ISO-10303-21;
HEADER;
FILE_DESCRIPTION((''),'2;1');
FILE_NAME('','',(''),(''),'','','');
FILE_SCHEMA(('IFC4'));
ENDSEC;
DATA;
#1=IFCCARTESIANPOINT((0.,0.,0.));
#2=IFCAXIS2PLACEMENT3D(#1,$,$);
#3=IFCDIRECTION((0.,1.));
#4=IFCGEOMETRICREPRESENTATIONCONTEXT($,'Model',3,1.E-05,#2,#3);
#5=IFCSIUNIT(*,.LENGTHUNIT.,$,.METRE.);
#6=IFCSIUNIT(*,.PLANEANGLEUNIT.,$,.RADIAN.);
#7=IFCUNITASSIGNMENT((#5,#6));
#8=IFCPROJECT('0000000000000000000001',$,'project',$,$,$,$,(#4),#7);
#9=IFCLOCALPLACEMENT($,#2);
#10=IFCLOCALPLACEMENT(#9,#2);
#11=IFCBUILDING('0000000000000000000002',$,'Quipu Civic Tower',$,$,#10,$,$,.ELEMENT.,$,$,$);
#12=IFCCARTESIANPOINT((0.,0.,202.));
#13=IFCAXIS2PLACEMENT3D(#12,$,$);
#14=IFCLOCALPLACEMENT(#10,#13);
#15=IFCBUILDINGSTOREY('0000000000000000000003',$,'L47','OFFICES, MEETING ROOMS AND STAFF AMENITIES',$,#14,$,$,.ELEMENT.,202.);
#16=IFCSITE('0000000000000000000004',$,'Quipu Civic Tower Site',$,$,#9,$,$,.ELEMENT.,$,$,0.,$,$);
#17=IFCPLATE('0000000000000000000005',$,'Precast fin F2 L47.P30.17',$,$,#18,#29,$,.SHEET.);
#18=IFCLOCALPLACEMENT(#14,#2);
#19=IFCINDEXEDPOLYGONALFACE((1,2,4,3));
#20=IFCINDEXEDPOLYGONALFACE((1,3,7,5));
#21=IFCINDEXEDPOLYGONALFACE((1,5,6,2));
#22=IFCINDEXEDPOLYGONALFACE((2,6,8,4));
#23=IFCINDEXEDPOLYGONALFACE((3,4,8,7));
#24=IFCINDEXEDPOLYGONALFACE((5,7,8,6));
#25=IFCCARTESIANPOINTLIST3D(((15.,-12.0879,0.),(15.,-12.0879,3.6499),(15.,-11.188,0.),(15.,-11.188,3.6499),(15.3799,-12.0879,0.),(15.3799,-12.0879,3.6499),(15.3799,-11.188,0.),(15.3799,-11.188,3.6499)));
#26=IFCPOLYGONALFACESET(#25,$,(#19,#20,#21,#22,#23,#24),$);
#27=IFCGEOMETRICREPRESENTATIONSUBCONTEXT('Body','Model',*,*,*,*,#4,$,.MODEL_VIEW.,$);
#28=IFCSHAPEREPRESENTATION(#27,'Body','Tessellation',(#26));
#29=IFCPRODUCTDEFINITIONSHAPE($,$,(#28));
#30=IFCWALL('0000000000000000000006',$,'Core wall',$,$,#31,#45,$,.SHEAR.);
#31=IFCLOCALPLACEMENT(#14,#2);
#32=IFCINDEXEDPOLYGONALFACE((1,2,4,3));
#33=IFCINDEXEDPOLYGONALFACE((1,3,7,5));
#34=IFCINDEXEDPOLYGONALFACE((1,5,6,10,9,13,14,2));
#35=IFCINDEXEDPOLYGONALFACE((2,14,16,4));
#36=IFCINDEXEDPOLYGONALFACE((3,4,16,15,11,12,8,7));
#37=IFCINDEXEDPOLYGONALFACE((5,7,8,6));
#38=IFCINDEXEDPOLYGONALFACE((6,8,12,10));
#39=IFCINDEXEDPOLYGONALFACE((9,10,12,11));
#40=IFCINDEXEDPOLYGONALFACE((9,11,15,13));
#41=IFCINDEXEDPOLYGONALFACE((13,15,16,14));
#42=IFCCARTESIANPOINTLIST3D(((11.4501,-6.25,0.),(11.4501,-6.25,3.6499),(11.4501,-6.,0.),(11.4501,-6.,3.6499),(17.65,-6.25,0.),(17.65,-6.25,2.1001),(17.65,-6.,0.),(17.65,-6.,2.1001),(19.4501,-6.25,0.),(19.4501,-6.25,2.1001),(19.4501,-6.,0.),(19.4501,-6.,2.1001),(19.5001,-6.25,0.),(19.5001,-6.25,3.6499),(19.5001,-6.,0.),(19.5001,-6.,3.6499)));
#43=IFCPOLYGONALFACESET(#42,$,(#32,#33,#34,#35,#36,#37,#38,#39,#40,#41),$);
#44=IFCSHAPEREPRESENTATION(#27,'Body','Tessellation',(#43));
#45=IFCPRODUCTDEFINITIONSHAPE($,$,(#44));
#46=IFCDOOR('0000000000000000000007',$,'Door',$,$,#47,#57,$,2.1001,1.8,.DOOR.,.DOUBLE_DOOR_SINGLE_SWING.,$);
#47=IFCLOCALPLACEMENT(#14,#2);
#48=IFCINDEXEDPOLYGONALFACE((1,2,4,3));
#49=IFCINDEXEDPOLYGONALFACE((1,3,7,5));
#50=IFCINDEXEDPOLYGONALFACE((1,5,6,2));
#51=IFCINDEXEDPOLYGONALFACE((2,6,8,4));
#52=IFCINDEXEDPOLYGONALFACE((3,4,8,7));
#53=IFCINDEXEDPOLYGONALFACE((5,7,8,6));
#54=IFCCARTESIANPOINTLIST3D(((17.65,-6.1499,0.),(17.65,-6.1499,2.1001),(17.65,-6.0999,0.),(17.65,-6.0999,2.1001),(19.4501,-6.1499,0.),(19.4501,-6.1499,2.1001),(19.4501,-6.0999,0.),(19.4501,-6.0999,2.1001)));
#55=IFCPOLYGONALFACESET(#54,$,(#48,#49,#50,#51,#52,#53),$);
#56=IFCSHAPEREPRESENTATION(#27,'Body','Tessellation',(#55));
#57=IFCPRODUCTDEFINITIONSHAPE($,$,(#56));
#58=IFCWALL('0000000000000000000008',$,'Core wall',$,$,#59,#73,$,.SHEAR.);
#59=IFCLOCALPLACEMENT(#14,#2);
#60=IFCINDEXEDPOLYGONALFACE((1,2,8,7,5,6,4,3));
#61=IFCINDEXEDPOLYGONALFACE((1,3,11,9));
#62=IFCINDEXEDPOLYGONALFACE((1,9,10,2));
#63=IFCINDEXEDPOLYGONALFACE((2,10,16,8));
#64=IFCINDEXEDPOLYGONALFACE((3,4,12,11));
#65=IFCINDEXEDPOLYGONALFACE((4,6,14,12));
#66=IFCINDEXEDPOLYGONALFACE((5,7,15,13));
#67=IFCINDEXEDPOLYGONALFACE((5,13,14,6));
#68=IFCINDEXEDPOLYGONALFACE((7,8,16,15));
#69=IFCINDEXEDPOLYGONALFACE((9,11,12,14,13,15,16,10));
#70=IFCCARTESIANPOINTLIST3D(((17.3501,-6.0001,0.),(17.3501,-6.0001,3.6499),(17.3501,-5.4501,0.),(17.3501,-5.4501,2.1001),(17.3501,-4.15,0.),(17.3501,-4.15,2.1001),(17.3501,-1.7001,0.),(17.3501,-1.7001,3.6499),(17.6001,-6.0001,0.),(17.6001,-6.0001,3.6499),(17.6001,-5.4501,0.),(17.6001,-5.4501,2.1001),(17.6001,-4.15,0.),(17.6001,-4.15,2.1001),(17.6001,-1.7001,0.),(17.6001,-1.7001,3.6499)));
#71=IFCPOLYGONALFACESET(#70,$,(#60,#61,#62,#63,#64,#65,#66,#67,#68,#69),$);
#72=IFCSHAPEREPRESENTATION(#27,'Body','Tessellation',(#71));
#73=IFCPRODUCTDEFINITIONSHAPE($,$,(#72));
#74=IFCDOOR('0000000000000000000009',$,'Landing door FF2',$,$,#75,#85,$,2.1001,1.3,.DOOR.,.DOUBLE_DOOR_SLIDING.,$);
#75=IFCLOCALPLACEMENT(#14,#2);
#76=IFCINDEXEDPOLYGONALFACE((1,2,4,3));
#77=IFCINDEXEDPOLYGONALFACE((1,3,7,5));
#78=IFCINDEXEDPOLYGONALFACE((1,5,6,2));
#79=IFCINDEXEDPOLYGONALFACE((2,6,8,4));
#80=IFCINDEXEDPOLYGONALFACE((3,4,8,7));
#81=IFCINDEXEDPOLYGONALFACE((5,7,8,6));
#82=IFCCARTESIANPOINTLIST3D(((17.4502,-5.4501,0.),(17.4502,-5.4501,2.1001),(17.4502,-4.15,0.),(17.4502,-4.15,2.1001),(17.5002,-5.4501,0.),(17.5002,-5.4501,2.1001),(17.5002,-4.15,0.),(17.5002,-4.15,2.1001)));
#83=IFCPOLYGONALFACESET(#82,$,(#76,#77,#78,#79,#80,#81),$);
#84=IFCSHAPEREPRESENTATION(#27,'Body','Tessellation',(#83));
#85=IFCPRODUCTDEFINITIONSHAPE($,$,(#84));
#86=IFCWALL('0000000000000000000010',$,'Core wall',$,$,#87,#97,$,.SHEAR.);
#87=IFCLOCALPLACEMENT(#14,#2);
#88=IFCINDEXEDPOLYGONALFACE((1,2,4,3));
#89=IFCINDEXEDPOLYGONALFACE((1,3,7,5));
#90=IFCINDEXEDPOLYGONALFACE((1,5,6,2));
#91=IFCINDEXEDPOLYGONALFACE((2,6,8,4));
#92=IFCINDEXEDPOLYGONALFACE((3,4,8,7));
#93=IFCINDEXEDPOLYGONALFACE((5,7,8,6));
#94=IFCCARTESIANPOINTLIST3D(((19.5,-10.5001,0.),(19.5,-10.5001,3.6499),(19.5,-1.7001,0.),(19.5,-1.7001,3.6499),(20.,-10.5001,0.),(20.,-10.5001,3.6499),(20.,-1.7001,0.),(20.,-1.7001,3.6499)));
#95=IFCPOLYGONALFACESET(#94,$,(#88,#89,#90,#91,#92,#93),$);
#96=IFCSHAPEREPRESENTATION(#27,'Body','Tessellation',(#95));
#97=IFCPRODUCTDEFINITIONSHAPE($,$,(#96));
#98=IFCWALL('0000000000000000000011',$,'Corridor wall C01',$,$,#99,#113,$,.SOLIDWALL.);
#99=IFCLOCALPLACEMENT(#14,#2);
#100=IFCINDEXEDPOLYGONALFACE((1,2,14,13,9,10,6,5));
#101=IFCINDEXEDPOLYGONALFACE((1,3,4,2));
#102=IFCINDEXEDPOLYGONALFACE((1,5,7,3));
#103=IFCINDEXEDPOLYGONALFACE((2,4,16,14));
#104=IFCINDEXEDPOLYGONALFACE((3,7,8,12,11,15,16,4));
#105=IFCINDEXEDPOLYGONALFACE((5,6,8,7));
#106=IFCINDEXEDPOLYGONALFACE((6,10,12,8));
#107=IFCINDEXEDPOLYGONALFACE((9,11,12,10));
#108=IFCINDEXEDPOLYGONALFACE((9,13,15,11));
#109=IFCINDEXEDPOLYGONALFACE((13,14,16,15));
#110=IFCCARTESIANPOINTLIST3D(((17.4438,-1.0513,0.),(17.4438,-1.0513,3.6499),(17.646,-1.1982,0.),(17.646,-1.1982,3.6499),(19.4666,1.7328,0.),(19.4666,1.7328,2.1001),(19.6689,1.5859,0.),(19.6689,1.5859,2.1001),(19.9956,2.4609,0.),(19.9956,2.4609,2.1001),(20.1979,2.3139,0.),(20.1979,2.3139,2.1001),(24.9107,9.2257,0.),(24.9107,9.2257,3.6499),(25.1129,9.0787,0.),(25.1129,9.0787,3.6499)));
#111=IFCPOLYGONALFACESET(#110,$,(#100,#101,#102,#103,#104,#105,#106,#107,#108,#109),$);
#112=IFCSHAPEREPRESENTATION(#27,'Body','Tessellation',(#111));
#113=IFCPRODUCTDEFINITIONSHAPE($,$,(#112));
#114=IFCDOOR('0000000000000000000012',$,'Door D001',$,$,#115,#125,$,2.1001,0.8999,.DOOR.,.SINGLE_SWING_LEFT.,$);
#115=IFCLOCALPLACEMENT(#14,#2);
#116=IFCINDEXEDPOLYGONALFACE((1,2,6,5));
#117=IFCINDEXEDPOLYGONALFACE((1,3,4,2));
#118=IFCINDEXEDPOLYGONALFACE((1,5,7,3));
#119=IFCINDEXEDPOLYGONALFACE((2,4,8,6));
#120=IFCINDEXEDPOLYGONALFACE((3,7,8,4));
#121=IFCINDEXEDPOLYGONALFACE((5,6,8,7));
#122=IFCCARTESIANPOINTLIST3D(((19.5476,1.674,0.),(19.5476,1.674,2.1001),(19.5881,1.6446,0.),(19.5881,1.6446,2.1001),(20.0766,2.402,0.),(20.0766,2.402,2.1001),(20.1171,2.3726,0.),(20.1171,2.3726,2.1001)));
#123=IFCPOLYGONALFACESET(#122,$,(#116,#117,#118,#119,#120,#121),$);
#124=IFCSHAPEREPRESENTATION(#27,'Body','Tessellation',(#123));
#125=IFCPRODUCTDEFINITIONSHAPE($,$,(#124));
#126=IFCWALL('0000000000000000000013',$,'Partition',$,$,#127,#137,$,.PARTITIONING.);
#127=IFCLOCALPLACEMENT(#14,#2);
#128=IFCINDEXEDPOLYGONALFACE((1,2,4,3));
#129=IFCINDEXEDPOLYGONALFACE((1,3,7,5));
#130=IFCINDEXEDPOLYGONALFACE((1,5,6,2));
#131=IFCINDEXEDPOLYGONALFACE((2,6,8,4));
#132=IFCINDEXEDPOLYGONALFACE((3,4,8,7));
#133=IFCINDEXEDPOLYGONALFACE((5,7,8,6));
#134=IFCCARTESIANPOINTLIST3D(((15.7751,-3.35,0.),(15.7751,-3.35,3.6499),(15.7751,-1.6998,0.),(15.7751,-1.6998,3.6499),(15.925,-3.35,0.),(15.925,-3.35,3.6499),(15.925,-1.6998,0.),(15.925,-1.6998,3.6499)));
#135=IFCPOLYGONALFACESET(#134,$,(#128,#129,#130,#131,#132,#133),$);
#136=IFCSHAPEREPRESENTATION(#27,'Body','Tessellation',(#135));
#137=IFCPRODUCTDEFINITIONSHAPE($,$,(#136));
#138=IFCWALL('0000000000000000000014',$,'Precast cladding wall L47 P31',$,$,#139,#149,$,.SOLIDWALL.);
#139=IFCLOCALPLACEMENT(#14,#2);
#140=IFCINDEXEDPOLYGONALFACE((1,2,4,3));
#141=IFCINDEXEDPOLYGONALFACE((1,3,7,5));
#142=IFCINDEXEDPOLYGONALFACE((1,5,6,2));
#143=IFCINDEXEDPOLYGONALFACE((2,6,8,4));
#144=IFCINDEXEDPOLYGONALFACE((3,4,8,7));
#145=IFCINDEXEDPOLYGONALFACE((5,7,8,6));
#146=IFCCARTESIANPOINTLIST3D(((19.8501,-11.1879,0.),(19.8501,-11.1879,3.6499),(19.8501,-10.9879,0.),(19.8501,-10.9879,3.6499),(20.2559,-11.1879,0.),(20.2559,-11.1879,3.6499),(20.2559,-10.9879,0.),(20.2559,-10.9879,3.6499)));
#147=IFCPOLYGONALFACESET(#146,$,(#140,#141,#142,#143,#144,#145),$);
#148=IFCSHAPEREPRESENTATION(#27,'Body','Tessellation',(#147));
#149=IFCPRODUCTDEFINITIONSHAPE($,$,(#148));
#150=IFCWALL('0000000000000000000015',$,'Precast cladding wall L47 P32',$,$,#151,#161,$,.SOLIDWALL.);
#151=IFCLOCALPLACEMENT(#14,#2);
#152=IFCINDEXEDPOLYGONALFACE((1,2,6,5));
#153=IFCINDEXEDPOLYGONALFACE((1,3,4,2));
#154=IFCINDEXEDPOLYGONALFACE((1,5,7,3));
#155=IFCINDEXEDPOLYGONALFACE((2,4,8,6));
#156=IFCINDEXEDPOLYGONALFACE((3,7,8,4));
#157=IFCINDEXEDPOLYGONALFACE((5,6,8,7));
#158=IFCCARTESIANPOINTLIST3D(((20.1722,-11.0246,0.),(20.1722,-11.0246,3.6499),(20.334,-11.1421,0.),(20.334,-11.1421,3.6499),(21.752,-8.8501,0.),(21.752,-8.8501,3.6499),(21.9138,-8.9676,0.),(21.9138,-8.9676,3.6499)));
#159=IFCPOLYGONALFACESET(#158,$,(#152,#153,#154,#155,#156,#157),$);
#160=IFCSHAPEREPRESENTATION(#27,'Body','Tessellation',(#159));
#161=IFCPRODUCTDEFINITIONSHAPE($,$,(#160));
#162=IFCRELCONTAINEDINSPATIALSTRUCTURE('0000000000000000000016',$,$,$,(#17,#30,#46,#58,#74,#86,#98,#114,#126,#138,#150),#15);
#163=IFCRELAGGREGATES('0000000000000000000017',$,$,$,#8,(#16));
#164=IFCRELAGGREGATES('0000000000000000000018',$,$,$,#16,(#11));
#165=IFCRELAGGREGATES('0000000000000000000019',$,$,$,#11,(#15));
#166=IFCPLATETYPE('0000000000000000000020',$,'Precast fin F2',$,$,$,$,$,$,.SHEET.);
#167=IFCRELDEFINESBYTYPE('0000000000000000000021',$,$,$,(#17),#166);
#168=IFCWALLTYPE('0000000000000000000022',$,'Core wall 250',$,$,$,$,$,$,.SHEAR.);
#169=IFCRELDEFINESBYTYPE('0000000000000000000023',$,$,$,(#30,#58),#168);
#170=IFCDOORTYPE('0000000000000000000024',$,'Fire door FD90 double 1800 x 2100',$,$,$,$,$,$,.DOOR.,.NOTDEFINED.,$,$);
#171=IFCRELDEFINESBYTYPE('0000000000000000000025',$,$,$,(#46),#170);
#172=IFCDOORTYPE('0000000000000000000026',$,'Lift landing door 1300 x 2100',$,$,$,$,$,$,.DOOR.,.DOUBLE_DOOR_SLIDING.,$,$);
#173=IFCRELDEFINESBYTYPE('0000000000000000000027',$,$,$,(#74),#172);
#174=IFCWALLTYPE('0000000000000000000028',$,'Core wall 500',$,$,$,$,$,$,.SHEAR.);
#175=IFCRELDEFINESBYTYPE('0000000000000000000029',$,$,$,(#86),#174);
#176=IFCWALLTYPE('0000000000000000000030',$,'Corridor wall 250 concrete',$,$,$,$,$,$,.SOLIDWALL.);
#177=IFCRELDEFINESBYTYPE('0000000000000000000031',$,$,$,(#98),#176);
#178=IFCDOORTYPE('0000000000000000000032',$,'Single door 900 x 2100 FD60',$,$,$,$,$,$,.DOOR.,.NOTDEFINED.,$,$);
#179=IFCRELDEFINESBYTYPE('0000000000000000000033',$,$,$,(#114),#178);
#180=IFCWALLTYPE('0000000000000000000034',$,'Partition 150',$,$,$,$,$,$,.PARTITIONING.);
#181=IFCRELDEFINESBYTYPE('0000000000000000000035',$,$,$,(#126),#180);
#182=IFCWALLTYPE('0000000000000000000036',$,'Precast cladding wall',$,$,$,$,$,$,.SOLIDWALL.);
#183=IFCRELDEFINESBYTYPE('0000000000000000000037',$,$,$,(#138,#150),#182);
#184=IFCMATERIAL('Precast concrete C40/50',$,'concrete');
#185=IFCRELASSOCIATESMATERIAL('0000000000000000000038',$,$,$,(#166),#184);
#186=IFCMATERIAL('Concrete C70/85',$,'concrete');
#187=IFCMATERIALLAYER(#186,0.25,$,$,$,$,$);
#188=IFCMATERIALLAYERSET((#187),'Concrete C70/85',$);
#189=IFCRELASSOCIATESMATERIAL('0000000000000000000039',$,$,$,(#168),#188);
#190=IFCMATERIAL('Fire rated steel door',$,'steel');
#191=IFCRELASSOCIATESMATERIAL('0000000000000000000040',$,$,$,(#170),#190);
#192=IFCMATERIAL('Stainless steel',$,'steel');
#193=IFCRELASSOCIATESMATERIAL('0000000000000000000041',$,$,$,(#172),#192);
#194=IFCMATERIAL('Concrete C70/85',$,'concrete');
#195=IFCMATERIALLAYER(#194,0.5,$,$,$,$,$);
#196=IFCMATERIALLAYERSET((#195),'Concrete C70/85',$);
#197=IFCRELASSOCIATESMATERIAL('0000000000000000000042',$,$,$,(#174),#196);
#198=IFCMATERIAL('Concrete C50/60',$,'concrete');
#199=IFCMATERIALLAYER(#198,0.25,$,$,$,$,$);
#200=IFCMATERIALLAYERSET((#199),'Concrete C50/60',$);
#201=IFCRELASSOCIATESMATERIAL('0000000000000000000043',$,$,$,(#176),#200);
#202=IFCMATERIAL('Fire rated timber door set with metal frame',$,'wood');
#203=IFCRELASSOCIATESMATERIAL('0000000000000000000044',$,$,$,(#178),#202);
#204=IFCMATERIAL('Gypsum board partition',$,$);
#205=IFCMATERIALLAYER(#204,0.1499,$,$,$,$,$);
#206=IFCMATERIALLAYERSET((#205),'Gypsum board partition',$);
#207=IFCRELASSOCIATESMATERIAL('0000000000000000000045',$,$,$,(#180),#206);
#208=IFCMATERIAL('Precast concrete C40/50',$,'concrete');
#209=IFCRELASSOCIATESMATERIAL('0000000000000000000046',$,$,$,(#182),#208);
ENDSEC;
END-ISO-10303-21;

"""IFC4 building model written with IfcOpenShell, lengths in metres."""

from ifc_helpers import new_model, si_unit, direction, frame, frame_2d, origin, origin_2d, place, context, subcontext, project, spatial, rectangle, extrude, material, layer, layer_set, type_object, element, fill, save


model = new_model("IFC4")

# Units and contexts
model_context = context("Model", 3, precision=1e-05, world=origin(), true_north=direction((0.0, 1.0)))
body_context = subcontext(model_context, "Body", "Model", "MODEL_VIEW")
ifc_project = project(units=[si_unit("LENGTHUNIT", "METRE"), si_unit("PLANEANGLEUNIT", "RADIAN")], contexts=[model_context])

# Site, building, storey
site_placement = place(None, origin())
site = spatial("IfcSite", under=ifc_project, at=site_placement, Name="Quipu Civic Tower Site", CompositionType="ELEMENT", RefElevation=0.0)
building_placement = place(site_placement, origin())
building = spatial("IfcBuilding", under=site, at=building_placement, Name="Quipu Civic Tower", CompositionType="ELEMENT")
storey_placement = place(building_placement, frame((0.0, 0.0, 202.0)))
storey = spatial("IfcBuildingStorey", under=building, at=storey_placement, Name="L47", Description="OFFICES, MEETING ROOMS AND STAFF AMENITIES", CompositionType="ELEMENT", Elevation=202.0)

# Plate
ifc_material_1 = material(Name="Precast concrete C40/50", Category="concrete")
plate_type = type_object("IfcPlateType", Name="Precast fin F2", PredefinedType="SHEET", material=ifc_material_1)
plate_placement = place(storey_placement, frame((15.1899, -11.6379, 0.0), z_axis=(0.0, 0.0, 1.0), x_axis=(1.0, 0.0, 0.0)))
element("IfcPlate", 1, at=plate_placement, inside=storey, type_object=plate_type, Name="Precast fin F2 L47.P30.17", PredefinedType="SHEET", context=body_context, shape_type="SweptSolid", body=[
    extrude(rectangle(XDim=0.3799, YDim=0.8999, at=origin_2d()), origin(), (0.0, 0.0, 1.0), 3.6499),
])

# Walls, openings, doors
ifc_material_2 = material(Name="Concrete C70/85", Category="concrete")
ifc_layer_1 = layer(ifc_material_2, 0.25)
ifc_layer_set_1 = layer_set([ifc_layer_1], Name="Concrete C70/85")
wall_type_1 = type_object("IfcWallType", Name="Core wall 250", PredefinedType="SHEAR", material=ifc_layer_set_1)
wall_1_placement = place(storey_placement, frame((19.5, -6.125, 0.0), z_axis=(0.0, 0.0, 1.0), x_axis=(-1.0, 0.0, 0.0)))
wall_1 = element("IfcWall", 2, at=wall_1_placement, inside=storey, type_object=wall_type_1, Name="Core wall", PredefinedType="SHEAR", context=body_context, shape_type="SweptSolid", body=[
    extrude(rectangle(XDim=8.05, YDim=0.25, at=frame_2d((4.0249, 0.0))), origin(), (0.0, 0.0, 1.0), 3.6499),
])
opening_1_placement = place(wall_1_placement, frame((0.05, 0.0, 0.0)))
opening_1 = element("IfcOpeningElement", 3, at=opening_1_placement, cuts=wall_1, PredefinedType="OPENING", context=body_context, shape_type="SweptSolid", body=[
    extrude(rectangle(XDim=1.8, YDim=2.1001, at=frame_2d((0.8999, 1.05))), frame((0.0, 0.135, 0.0), z_axis=(0.0, -1.0, 0.0), x_axis=(1.0, 0.0, 0.0)), (0.0, 0.0, 1.0), 0.27),
])
ifc_material_3 = material(Name="Fire rated steel door", Category="steel")
door_type_1 = type_object("IfcDoorType", Name="Fire door FD90 double 1800 x 2100", OperationType="NOTDEFINED", PredefinedType="DOOR", material=ifc_material_3)
door_1_placement = place(opening_1_placement, origin())
door_1 = element("IfcDoor", 4, at=door_1_placement, inside=storey, type_object=door_type_1, Name="Door", OperationType="DOUBLE_DOOR_SINGLE_SWING", OverallHeight=2.1001, OverallWidth=1.8, PredefinedType="DOOR", context=body_context, shape_type="SweptSolid", body=[
    extrude(rectangle(XDim=1.8, YDim=2.1001, at=frame_2d((0.8999, 1.05))), frame((0.0, 0.0249, 0.0), z_axis=(0.0, -1.0, 0.0), x_axis=(1.0, 0.0, 0.0)), (0.0, 0.0, 1.0), 0.05),
])
fill(opening_1, door_1)
wall_2_placement = place(storey_placement, frame((17.4751, -6.0, 0.0), z_axis=(0.0, 0.0, 1.0), x_axis=(0.0, 1.0, 0.0)))
wall_2 = element("IfcWall", 5, at=wall_2_placement, inside=storey, type_object=wall_type_1, Name="Core wall", PredefinedType="SHEAR", context=body_context, shape_type="SweptSolid", body=[
    extrude(rectangle(XDim=4.3, YDim=0.25, at=frame_2d((2.1499, 0.0))), origin(), (0.0, 0.0, 1.0), 3.6499),
])
opening_2_placement = place(wall_2_placement, frame((0.55, 0.0, 0.0)))
opening_2 = element("IfcOpeningElement", 6, at=opening_2_placement, cuts=wall_2, PredefinedType="OPENING", context=body_context, shape_type="SweptSolid", body=[
    extrude(rectangle(XDim=1.3, YDim=2.1001, at=frame_2d((0.6499, 1.05))), frame((0.0, 0.135, 0.0), z_axis=(0.0, -1.0, 0.0), x_axis=(1.0, 0.0, 0.0)), (0.0, 0.0, 1.0), 0.27),
])
ifc_material_4 = material(Name="Stainless steel", Category="steel")
door_type_2 = type_object("IfcDoorType", Name="Lift landing door 1300 x 2100", OperationType="DOUBLE_DOOR_SLIDING", PredefinedType="DOOR", material=ifc_material_4)
door_2_placement = place(opening_2_placement, origin())
door_2 = element("IfcDoor", 7, at=door_2_placement, inside=storey, type_object=door_type_2, Name="Landing door FF2", OperationType="DOUBLE_DOOR_SLIDING", OverallHeight=2.1001, OverallWidth=1.3, PredefinedType="DOOR", context=body_context, shape_type="SweptSolid", body=[
    extrude(rectangle(XDim=1.3, YDim=2.1001, at=frame_2d((0.6499, 1.05))), frame((0.0, 0.0249, 0.0), z_axis=(0.0, -1.0, 0.0), x_axis=(1.0, 0.0, 0.0)), (0.0, 0.0, 1.0), 0.05),
])
fill(opening_2, door_2)

# Wall
ifc_material_5 = material(Name="Concrete C70/85", Category="concrete")
ifc_layer_2 = layer(ifc_material_5, 0.5)
ifc_layer_set_2 = layer_set([ifc_layer_2], Name="Concrete C70/85")
wall_type_2 = type_object("IfcWallType", Name="Core wall 500", PredefinedType="SHEAR", material=ifc_layer_set_2)
wall_3_placement = place(storey_placement, frame((19.75, -10.5, 0.0), z_axis=(0.0, 0.0, 1.0), x_axis=(0.0, 1.0, 0.0)))
element("IfcWall", 8, at=wall_3_placement, inside=storey, type_object=wall_type_2, Name="Core wall", PredefinedType="SHEAR", context=body_context, shape_type="SweptSolid", body=[
    extrude(rectangle(XDim=8.8, YDim=0.5, at=frame_2d((4.3999, 0.0))), origin(), (0.0, 0.0, 1.0), 3.6499),
])

# Wall, opening, door
ifc_material_6 = material(Name="Concrete C50/60", Category="concrete")
ifc_layer_3 = layer(ifc_material_6, 0.25)
ifc_layer_set_3 = layer_set([ifc_layer_3], Name="Concrete C50/60")
wall_type_3 = type_object("IfcWallType", Name="Corridor wall 250 concrete", PredefinedType="SOLIDWALL", material=ifc_layer_set_3)
wall_4_placement = place(storey_placement, frame((17.5449, -1.1248, 0.0), z_axis=(0.0, 0.0, 1.0), x_axis=(0.587797, 0.809009, 0.0)))
wall_4 = element("IfcWall", 9, at=wall_4_placement, inside=storey, type_object=wall_type_3, Name="Corridor wall C01", PredefinedType="SOLIDWALL", context=body_context, shape_type="SweptSolid", body=[
    extrude(rectangle(XDim=12.7031, YDim=0.25, at=frame_2d((6.3516, 0.0))), origin(), (0.0, 0.0, 1.0), 3.6499),
])
opening_3_placement = place(wall_4_placement, frame((3.4414, 0.0, 0.0)))
opening_3 = element("IfcOpeningElement", 10, at=opening_3_placement, cuts=wall_4, PredefinedType="OPENING", context=body_context, shape_type="SweptSolid", body=[
    extrude(rectangle(XDim=0.8999, YDim=2.1001, at=frame_2d((0.45, 1.05))), frame((0.0, 0.135, 0.0), z_axis=(0.0, -1.0, 0.0), x_axis=(1.0, 0.0, 0.0)), (0.0, 0.0, 1.0), 0.27),
])
ifc_material_7 = material(Name="Fire rated timber door set with metal frame", Category="wood")
door_type_3 = type_object("IfcDoorType", Name="Single door 900 x 2100 FD60", OperationType="NOTDEFINED", PredefinedType="DOOR", material=ifc_material_7)
door_3_placement = place(opening_3_placement, origin())
door_3 = element("IfcDoor", 11, at=door_3_placement, inside=storey, type_object=door_type_3, Name="Door D001", OperationType="SINGLE_SWING_LEFT", OverallHeight=2.1001, OverallWidth=0.8999, PredefinedType="DOOR", context=body_context, shape_type="SweptSolid", body=[
    extrude(rectangle(XDim=0.8999, YDim=2.1001, at=frame_2d((0.45, 1.05))), frame((0.0, 0.0249, 0.0), z_axis=(0.0, -1.0, 0.0), x_axis=(1.0, 0.0, 0.0)), (0.0, 0.0, 1.0), 0.05),
])
fill(opening_3, door_3)

# Walls
ifc_material_8 = material(Name="Gypsum board partition")
ifc_layer_4 = layer(ifc_material_8, 0.1499)
ifc_layer_set_4 = layer_set([ifc_layer_4], Name="Gypsum board partition")
wall_type_4 = type_object("IfcWallType", Name="Partition 150", PredefinedType="PARTITIONING", material=ifc_layer_set_4)
wall_5_placement = place(storey_placement, frame((15.8501, -3.3501, 0.0), z_axis=(0.0, 0.0, 1.0), x_axis=(0.0, 1.0, 0.0)))
element("IfcWall", 12, at=wall_5_placement, inside=storey, type_object=wall_type_4, Name="Partition", PredefinedType="PARTITIONING", context=body_context, shape_type="SweptSolid", body=[
    extrude(rectangle(XDim=1.6501, YDim=0.1499, at=frame_2d((0.8252, 0.0))), origin(), (0.0, 0.0, 1.0), 3.6499),
])
ifc_material_9 = material(Name="Precast concrete C40/50", Category="concrete")
wall_type_5 = type_object("IfcWallType", Name="Precast cladding wall", PredefinedType="SOLIDWALL", material=ifc_material_9)
wall_6_placement = place(storey_placement, frame((19.8501, -11.0879, 0.0), z_axis=(0.0, 0.0, 1.0), x_axis=(1.0, 0.0, 0.0)))
element("IfcWall", 13, at=wall_6_placement, inside=storey, type_object=wall_type_5, Name="Precast cladding wall L47 P31", PredefinedType="SOLIDWALL", context=body_context, shape_type="SweptSolid", body=[
    extrude(rectangle(XDim=0.4058, YDim=0.2, at=frame_2d((0.2029, 0.0))), origin(), (0.0, 0.0, 1.0), 3.6499),
])
wall_7_placement = place(storey_placement, frame((20.2532, -11.0833, 0.0), z_axis=(0.0, 0.0, 1.0), x_axis=(0.587767, 0.809031, 0.0)))
element("IfcWall", 14, at=wall_7_placement, inside=storey, type_object=wall_type_5, Name="Precast cladding wall L47 P32", PredefinedType="SOLIDWALL", context=body_context, shape_type="SweptSolid", body=[
    extrude(rectangle(XDim=2.6877, YDim=0.2, at=frame_2d((1.3438, 0.0))), origin(), (0.0, 0.0, 1.0), 3.6499),
])

save(model, "model.ifc")
